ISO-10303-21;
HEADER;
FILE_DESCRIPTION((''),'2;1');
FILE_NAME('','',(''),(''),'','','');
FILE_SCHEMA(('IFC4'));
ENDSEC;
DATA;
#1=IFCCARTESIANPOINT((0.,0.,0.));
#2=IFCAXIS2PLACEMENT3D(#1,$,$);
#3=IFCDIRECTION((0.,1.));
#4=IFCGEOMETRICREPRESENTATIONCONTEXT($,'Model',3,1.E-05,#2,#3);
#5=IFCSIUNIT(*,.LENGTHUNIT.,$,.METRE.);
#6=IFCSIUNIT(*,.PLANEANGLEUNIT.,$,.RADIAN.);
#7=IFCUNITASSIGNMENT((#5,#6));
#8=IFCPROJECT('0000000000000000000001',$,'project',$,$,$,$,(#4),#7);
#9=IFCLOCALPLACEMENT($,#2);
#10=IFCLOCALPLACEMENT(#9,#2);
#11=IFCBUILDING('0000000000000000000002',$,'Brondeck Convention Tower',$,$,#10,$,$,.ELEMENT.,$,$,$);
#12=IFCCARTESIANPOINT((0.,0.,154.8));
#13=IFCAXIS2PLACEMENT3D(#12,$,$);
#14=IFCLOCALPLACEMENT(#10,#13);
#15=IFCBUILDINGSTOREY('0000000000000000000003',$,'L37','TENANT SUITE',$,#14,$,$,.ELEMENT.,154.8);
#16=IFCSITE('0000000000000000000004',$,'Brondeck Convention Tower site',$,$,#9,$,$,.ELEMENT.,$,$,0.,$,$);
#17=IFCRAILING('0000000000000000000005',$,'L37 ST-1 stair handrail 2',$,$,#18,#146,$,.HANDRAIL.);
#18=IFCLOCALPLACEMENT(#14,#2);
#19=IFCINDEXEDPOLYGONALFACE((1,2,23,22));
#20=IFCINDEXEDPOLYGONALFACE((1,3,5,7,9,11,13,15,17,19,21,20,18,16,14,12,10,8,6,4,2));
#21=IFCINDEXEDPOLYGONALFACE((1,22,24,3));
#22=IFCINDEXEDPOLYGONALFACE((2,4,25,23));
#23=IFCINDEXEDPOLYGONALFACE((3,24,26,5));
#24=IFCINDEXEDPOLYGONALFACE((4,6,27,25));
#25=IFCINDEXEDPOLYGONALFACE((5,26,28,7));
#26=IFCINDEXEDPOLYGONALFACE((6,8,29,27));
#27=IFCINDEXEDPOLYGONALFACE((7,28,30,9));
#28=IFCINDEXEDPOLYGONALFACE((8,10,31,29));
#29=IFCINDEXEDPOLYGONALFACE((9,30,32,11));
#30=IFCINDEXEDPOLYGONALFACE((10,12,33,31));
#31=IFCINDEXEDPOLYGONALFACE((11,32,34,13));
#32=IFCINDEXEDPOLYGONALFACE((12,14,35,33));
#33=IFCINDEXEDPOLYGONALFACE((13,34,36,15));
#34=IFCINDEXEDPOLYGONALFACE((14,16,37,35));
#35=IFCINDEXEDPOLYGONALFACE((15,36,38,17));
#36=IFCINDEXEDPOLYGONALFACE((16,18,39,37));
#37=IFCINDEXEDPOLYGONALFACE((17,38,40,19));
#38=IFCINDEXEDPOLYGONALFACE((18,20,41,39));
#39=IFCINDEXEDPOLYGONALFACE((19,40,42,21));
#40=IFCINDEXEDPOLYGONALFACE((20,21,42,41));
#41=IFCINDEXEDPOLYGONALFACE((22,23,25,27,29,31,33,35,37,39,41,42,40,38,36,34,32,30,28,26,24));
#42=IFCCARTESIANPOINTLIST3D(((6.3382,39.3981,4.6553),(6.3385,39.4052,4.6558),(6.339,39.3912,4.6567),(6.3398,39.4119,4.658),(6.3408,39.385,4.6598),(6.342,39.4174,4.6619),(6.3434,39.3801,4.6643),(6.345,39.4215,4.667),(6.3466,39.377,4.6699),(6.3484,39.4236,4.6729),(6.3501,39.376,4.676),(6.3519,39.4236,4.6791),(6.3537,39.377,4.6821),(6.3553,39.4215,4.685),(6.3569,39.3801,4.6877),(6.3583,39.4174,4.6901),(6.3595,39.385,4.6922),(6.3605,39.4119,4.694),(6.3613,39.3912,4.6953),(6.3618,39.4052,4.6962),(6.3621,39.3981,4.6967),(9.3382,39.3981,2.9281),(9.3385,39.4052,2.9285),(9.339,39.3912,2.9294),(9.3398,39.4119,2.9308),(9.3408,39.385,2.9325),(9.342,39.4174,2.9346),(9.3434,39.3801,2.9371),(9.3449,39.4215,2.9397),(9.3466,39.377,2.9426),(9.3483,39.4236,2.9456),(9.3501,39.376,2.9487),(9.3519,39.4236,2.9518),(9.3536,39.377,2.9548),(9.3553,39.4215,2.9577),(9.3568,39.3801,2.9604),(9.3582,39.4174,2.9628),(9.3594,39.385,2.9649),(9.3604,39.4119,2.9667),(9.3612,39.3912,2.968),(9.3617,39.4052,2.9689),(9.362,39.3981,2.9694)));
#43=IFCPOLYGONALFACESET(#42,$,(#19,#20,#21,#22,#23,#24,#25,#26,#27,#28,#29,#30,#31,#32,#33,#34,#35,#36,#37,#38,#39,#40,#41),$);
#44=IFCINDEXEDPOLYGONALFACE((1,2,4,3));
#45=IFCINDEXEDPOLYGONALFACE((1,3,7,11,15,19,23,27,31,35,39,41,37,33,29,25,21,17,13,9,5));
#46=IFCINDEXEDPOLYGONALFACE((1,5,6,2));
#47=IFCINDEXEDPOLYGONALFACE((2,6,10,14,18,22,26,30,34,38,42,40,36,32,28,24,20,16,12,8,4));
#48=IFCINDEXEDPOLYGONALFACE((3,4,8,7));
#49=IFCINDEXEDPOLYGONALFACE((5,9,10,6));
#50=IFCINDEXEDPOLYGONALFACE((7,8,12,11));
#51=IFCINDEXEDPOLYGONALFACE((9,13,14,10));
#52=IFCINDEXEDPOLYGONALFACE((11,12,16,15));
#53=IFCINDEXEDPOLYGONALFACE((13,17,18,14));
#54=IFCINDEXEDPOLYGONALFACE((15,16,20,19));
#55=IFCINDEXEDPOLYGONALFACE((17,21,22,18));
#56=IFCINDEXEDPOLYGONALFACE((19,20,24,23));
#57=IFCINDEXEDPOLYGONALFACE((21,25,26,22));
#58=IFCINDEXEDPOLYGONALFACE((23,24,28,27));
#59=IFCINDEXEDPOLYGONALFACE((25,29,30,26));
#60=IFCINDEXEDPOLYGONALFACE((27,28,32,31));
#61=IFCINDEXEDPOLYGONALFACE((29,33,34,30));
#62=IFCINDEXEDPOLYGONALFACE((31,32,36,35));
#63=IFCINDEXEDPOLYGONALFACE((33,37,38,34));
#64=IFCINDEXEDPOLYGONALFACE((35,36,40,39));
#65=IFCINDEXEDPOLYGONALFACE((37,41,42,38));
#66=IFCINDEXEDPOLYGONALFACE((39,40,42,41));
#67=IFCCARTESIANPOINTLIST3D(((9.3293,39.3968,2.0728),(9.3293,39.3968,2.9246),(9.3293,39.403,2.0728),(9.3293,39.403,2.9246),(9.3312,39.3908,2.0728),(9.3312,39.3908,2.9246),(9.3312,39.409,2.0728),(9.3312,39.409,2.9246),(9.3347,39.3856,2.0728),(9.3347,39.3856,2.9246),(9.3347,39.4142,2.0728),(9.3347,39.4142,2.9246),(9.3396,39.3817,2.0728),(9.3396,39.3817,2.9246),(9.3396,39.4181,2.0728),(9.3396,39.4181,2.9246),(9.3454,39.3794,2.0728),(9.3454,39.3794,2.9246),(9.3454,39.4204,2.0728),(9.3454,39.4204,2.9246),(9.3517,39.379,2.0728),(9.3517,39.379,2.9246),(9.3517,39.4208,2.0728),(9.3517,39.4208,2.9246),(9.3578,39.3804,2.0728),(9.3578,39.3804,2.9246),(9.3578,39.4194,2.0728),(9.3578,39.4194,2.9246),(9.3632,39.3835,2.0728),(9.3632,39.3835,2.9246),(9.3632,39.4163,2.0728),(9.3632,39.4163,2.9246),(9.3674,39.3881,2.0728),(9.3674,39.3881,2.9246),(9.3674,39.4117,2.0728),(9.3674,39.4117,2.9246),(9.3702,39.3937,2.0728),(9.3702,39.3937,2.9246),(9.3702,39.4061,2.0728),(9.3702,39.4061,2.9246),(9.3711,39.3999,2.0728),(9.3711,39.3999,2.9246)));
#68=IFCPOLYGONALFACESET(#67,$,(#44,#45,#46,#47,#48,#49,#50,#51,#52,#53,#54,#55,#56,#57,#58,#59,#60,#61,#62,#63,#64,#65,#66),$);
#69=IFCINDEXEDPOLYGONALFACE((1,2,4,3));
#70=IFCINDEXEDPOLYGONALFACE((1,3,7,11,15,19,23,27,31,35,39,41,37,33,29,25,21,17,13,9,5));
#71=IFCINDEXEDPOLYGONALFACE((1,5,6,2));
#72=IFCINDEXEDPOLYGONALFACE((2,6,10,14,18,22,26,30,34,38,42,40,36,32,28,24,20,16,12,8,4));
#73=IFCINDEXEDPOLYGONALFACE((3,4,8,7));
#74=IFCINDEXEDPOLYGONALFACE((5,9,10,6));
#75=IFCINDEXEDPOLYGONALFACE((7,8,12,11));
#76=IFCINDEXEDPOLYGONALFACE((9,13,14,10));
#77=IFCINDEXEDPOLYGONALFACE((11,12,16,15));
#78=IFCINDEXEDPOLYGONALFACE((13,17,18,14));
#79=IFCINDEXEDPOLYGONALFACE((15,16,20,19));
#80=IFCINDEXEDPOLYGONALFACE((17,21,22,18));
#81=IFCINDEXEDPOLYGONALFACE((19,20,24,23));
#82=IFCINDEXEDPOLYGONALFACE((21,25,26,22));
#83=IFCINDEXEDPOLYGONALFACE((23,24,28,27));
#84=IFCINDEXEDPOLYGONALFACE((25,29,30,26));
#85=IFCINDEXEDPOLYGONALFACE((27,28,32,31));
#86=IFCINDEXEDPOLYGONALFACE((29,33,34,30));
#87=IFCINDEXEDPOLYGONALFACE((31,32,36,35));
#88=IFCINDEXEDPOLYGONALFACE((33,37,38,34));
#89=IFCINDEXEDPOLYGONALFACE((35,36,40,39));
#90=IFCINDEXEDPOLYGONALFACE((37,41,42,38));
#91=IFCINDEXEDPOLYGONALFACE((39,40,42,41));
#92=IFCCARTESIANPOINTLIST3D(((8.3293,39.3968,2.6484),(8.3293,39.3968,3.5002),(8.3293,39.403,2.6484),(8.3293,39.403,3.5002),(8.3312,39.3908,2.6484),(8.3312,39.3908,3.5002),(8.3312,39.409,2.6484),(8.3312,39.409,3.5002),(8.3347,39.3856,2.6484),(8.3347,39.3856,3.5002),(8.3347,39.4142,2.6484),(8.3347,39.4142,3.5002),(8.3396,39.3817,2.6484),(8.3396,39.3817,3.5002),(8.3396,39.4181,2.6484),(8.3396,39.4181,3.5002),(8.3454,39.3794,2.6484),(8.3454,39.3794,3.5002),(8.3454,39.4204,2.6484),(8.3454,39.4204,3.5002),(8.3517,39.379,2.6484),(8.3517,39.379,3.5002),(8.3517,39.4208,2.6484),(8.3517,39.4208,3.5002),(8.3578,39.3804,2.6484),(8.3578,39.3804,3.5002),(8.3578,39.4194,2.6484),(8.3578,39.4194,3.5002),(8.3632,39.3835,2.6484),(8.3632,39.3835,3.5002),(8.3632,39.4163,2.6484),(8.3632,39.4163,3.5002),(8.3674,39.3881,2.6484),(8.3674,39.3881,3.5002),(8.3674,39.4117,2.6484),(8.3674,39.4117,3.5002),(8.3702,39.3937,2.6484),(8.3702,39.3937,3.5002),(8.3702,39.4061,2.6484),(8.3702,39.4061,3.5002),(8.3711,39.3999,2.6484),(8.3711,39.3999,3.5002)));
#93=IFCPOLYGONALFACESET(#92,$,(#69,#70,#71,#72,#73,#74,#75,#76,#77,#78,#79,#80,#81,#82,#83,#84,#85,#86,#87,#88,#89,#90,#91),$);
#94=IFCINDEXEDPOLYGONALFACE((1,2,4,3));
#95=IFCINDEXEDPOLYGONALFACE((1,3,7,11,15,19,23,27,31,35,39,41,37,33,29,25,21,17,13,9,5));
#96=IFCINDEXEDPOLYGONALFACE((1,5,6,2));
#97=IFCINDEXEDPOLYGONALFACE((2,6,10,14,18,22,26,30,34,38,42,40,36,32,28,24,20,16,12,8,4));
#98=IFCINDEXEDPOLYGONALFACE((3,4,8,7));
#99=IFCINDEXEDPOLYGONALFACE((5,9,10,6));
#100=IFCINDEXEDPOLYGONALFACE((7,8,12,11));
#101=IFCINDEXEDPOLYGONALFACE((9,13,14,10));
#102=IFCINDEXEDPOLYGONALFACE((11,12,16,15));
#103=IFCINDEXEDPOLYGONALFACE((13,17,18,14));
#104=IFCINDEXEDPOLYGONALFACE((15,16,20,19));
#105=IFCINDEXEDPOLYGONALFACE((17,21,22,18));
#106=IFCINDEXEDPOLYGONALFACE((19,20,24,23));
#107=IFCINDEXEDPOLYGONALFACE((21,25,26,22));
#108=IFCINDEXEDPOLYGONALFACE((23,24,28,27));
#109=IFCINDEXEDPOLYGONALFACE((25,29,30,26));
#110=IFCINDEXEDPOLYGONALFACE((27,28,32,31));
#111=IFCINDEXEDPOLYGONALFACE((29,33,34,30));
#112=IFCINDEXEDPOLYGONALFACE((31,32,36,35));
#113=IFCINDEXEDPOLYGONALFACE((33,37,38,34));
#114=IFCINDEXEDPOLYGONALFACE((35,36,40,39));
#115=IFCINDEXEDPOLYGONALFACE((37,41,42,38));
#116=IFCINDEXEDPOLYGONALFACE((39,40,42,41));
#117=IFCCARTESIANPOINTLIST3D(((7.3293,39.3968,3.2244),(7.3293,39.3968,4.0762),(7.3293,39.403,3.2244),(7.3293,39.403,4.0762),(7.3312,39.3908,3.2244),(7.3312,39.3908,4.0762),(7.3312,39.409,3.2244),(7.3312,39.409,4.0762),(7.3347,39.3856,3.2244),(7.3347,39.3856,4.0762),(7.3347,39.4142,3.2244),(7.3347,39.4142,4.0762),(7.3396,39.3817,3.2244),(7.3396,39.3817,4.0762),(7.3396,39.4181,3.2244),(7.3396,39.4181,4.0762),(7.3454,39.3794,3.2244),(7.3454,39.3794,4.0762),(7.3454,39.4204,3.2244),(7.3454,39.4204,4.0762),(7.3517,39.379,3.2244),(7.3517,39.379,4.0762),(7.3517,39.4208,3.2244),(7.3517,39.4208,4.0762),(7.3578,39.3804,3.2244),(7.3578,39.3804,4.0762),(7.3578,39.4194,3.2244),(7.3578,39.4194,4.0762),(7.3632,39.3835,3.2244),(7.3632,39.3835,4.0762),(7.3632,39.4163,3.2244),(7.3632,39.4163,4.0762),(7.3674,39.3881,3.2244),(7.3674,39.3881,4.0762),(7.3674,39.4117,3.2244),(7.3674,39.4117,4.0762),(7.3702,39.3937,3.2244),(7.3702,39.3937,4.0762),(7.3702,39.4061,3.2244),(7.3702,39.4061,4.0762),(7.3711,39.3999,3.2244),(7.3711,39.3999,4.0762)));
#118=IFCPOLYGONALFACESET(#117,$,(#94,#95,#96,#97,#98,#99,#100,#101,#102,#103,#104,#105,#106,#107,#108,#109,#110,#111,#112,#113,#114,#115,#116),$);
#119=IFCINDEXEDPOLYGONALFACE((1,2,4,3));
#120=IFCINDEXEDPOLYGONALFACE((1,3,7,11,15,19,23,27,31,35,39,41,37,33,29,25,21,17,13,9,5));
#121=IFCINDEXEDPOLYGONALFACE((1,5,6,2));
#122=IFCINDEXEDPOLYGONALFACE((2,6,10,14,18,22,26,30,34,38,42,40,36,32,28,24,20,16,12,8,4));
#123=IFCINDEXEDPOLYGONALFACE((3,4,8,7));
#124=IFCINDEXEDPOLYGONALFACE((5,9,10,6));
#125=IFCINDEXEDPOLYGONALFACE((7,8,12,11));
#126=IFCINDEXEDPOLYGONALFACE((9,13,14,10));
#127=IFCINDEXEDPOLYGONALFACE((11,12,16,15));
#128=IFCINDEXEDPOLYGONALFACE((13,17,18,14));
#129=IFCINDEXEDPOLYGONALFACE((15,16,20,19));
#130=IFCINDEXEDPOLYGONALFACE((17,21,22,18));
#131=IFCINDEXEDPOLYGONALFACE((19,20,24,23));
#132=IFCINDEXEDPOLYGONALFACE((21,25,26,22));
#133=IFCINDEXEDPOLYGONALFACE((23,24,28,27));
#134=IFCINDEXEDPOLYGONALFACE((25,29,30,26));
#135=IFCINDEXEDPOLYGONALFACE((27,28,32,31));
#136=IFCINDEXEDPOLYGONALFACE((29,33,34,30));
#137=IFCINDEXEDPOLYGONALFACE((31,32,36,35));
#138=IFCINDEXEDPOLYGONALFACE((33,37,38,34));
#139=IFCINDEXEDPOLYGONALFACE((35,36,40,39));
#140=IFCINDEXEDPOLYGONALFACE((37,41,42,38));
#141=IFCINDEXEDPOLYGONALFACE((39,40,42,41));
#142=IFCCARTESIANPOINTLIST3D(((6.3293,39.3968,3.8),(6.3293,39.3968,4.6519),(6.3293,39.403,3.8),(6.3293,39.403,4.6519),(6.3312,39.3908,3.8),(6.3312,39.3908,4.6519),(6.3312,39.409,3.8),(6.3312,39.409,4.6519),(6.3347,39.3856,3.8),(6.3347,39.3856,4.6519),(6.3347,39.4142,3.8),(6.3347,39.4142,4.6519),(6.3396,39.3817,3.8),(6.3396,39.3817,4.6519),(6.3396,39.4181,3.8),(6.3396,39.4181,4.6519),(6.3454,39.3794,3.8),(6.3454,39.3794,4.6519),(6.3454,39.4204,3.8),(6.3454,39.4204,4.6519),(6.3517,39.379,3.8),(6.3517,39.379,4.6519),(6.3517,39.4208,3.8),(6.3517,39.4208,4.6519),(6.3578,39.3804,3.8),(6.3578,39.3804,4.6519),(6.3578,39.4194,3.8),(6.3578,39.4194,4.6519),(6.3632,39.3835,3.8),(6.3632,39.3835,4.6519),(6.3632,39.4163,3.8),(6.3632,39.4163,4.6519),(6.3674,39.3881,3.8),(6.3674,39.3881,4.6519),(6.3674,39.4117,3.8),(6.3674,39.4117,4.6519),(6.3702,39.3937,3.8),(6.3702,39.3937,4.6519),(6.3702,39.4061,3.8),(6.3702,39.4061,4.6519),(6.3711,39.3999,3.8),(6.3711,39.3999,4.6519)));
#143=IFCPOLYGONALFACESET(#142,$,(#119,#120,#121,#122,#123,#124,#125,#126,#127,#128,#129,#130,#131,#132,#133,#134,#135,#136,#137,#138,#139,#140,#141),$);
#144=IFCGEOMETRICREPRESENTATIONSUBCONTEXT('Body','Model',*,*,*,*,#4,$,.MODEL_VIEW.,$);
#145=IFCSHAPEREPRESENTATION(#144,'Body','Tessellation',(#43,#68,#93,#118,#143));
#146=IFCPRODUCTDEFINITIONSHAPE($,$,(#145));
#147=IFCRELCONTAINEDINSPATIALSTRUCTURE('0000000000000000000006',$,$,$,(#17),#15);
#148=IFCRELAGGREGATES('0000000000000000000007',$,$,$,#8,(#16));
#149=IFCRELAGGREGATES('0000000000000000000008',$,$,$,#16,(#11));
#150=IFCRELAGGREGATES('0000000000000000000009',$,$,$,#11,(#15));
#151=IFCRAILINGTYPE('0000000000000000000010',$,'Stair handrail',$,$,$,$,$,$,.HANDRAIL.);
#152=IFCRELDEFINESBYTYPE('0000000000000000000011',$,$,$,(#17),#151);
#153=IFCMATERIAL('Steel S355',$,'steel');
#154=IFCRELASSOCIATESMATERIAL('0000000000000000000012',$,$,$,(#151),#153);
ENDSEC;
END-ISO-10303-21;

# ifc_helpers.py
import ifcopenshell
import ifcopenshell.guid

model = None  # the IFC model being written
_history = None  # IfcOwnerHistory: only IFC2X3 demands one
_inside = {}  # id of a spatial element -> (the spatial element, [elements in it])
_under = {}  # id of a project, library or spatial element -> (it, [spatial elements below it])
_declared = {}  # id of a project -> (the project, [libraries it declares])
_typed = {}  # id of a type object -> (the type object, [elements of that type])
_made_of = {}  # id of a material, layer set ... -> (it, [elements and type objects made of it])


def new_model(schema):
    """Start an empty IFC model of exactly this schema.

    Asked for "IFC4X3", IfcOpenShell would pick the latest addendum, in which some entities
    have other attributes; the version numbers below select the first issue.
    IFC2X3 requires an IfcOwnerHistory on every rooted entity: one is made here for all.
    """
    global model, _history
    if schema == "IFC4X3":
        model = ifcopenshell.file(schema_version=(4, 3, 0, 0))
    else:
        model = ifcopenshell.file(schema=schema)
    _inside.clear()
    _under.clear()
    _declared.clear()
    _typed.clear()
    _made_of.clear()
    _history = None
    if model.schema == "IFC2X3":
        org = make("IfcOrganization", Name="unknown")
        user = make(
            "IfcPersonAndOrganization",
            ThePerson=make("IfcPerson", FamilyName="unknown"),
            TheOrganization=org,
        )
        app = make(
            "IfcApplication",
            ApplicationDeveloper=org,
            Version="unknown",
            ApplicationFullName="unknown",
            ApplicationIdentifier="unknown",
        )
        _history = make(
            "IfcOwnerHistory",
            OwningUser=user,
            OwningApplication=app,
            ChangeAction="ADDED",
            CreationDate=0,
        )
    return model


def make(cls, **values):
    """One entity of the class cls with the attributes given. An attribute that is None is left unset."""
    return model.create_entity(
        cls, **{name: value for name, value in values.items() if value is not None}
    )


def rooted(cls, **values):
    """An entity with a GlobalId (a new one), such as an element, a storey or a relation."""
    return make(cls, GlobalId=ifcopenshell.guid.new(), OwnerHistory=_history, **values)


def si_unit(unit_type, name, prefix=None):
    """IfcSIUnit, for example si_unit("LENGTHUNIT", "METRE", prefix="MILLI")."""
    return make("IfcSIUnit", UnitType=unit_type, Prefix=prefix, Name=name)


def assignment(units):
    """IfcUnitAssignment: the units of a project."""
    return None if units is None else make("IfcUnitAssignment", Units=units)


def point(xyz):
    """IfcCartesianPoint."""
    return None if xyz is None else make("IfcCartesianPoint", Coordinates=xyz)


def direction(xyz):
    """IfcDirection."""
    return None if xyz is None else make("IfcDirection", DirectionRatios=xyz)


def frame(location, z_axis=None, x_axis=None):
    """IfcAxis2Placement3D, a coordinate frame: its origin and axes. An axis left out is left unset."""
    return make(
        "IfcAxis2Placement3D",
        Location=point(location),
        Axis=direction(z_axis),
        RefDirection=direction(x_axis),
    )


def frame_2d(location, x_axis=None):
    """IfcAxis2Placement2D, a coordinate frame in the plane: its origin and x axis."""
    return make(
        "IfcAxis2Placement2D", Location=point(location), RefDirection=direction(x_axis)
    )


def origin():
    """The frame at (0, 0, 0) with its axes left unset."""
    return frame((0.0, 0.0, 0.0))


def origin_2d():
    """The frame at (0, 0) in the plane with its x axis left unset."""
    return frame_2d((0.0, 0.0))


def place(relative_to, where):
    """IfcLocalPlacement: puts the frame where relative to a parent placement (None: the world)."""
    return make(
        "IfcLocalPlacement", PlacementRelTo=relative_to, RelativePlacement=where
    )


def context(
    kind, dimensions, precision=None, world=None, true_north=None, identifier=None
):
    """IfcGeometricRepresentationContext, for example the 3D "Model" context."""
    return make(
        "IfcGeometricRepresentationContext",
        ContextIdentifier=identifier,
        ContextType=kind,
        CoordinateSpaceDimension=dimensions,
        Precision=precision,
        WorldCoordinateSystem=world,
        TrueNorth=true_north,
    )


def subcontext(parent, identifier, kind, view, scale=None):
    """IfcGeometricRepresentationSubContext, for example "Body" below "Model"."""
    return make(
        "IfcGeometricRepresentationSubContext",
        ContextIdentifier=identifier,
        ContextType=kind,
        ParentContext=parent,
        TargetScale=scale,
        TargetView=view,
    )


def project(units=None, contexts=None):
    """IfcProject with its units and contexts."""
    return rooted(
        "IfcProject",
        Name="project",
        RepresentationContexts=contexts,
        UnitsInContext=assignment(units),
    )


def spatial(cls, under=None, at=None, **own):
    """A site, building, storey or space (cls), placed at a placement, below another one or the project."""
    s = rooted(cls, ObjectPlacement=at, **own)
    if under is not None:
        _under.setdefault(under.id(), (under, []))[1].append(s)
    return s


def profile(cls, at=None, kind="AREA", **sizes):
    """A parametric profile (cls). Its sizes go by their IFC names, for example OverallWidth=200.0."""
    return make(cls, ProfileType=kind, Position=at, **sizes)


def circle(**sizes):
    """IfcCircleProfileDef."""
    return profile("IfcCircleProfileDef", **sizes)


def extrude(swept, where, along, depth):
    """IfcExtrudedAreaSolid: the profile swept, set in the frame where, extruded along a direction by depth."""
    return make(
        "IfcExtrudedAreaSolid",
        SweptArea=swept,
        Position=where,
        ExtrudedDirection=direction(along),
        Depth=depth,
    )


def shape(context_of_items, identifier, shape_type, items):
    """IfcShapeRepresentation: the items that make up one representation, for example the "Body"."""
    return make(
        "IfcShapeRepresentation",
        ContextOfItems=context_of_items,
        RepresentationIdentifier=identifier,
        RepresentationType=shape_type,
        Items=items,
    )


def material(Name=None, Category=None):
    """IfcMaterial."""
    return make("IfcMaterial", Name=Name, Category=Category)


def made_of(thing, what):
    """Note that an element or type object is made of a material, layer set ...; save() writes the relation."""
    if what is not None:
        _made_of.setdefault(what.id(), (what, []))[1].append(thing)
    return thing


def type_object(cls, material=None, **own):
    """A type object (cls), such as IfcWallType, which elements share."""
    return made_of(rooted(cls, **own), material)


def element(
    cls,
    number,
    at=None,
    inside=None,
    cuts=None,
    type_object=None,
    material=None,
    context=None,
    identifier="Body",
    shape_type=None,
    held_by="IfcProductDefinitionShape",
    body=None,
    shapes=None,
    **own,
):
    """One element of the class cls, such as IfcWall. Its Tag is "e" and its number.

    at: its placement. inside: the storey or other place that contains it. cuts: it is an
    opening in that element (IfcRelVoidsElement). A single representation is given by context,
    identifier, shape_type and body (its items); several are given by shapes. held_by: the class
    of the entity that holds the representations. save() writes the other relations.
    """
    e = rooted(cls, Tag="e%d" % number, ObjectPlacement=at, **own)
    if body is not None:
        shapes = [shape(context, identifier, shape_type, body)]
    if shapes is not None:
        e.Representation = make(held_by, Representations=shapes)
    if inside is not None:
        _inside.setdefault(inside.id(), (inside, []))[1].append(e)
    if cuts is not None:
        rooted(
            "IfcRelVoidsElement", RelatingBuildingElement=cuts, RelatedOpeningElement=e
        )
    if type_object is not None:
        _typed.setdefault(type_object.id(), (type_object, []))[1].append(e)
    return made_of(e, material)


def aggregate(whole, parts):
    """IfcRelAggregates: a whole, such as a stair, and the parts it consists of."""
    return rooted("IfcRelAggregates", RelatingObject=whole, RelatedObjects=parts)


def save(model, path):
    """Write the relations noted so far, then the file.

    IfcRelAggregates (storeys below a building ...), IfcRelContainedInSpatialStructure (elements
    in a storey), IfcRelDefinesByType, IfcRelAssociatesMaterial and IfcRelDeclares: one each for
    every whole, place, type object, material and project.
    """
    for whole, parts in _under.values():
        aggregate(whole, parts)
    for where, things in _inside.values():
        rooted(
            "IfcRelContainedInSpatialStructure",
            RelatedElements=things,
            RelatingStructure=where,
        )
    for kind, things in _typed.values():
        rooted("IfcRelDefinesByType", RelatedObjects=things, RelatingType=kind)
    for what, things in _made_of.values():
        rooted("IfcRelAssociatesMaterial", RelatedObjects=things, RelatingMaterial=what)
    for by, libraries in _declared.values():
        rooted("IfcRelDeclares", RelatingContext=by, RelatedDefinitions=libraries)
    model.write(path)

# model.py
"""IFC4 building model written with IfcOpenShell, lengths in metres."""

from ifc_helpers import new_model, si_unit, direction, frame, origin, origin_2d, place, context, subcontext, project, spatial, circle, extrude, material, type_object, element, save


model = new_model("IFC4")

# Units and contexts
model_context = context("Model", 3, precision=1e-05, world=origin(), true_north=direction((0.0, 1.0)))
body_context = subcontext(model_context, "Body", "Model", "MODEL_VIEW")
ifc_project = project(units=[si_unit("LENGTHUNIT", "METRE"), si_unit("PLANEANGLEUNIT", "RADIAN")], contexts=[model_context])

# Site, building, storey
site_placement = place(None, origin())
site = spatial("IfcSite", under=ifc_project, at=site_placement, Name="Brondeck Convention Tower site", CompositionType="ELEMENT", RefElevation=0.0)
building_placement = place(site_placement, origin())
building = spatial("IfcBuilding", under=site, at=building_placement, Name="Brondeck Convention Tower", CompositionType="ELEMENT")
storey_placement = place(building_placement, frame((0.0, 0.0, 154.8)))
storey = spatial("IfcBuildingStorey", under=building, at=storey_placement, Name="L37", Description="TENANT SUITE", CompositionType="ELEMENT", Elevation=154.8)

# Shared definitions
ifc_material_1 = material(Name="Steel S355", Category="steel")

# Railing
railing_type_1 = type_object("IfcRailingType", Name="Stair handrail", PredefinedType="HANDRAIL", material=ifc_material_1)
railing_1_placement = place(storey_placement, frame((9.3501, 39.3999, 2.0728)))
element("IfcRailing", 1, at=railing_1_placement, inside=storey, type_object=railing_type_1, Name="L37 ST-1 stair handrail 2", PredefinedType="HANDRAIL", context=body_context, shape_type="SweptSolid", body=[
    extrude(circle(Radius=0.0239, at=origin_2d()), frame((0.0, 0.0, 0.876), z_axis=(-0.86662, 0.0, 0.498969), x_axis=(0.0, -1.0, 0.0)), (0.0, 0.0, 1.0), 3.4617),
    extrude(circle(Radius=0.021, at=origin_2d()), origin(), (0.0, 0.0, 1.0), 0.8518),
    extrude(circle(Radius=0.021, at=origin_2d()), frame((-1.0, 0.0, 0.5757)), (0.0, 0.0, 1.0), 0.8518),
    extrude(circle(Radius=0.021, at=origin_2d()), frame((-2.0, 0.0, 1.1516)), (0.0, 0.0, 1.0), 0.8518),
    extrude(circle(Radius=0.021, at=origin_2d()), frame((-3.0, 0.0, 1.7273)), (0.0, 0.0, 1.0), 0.8518),
])

save(model, "model.ifc")
